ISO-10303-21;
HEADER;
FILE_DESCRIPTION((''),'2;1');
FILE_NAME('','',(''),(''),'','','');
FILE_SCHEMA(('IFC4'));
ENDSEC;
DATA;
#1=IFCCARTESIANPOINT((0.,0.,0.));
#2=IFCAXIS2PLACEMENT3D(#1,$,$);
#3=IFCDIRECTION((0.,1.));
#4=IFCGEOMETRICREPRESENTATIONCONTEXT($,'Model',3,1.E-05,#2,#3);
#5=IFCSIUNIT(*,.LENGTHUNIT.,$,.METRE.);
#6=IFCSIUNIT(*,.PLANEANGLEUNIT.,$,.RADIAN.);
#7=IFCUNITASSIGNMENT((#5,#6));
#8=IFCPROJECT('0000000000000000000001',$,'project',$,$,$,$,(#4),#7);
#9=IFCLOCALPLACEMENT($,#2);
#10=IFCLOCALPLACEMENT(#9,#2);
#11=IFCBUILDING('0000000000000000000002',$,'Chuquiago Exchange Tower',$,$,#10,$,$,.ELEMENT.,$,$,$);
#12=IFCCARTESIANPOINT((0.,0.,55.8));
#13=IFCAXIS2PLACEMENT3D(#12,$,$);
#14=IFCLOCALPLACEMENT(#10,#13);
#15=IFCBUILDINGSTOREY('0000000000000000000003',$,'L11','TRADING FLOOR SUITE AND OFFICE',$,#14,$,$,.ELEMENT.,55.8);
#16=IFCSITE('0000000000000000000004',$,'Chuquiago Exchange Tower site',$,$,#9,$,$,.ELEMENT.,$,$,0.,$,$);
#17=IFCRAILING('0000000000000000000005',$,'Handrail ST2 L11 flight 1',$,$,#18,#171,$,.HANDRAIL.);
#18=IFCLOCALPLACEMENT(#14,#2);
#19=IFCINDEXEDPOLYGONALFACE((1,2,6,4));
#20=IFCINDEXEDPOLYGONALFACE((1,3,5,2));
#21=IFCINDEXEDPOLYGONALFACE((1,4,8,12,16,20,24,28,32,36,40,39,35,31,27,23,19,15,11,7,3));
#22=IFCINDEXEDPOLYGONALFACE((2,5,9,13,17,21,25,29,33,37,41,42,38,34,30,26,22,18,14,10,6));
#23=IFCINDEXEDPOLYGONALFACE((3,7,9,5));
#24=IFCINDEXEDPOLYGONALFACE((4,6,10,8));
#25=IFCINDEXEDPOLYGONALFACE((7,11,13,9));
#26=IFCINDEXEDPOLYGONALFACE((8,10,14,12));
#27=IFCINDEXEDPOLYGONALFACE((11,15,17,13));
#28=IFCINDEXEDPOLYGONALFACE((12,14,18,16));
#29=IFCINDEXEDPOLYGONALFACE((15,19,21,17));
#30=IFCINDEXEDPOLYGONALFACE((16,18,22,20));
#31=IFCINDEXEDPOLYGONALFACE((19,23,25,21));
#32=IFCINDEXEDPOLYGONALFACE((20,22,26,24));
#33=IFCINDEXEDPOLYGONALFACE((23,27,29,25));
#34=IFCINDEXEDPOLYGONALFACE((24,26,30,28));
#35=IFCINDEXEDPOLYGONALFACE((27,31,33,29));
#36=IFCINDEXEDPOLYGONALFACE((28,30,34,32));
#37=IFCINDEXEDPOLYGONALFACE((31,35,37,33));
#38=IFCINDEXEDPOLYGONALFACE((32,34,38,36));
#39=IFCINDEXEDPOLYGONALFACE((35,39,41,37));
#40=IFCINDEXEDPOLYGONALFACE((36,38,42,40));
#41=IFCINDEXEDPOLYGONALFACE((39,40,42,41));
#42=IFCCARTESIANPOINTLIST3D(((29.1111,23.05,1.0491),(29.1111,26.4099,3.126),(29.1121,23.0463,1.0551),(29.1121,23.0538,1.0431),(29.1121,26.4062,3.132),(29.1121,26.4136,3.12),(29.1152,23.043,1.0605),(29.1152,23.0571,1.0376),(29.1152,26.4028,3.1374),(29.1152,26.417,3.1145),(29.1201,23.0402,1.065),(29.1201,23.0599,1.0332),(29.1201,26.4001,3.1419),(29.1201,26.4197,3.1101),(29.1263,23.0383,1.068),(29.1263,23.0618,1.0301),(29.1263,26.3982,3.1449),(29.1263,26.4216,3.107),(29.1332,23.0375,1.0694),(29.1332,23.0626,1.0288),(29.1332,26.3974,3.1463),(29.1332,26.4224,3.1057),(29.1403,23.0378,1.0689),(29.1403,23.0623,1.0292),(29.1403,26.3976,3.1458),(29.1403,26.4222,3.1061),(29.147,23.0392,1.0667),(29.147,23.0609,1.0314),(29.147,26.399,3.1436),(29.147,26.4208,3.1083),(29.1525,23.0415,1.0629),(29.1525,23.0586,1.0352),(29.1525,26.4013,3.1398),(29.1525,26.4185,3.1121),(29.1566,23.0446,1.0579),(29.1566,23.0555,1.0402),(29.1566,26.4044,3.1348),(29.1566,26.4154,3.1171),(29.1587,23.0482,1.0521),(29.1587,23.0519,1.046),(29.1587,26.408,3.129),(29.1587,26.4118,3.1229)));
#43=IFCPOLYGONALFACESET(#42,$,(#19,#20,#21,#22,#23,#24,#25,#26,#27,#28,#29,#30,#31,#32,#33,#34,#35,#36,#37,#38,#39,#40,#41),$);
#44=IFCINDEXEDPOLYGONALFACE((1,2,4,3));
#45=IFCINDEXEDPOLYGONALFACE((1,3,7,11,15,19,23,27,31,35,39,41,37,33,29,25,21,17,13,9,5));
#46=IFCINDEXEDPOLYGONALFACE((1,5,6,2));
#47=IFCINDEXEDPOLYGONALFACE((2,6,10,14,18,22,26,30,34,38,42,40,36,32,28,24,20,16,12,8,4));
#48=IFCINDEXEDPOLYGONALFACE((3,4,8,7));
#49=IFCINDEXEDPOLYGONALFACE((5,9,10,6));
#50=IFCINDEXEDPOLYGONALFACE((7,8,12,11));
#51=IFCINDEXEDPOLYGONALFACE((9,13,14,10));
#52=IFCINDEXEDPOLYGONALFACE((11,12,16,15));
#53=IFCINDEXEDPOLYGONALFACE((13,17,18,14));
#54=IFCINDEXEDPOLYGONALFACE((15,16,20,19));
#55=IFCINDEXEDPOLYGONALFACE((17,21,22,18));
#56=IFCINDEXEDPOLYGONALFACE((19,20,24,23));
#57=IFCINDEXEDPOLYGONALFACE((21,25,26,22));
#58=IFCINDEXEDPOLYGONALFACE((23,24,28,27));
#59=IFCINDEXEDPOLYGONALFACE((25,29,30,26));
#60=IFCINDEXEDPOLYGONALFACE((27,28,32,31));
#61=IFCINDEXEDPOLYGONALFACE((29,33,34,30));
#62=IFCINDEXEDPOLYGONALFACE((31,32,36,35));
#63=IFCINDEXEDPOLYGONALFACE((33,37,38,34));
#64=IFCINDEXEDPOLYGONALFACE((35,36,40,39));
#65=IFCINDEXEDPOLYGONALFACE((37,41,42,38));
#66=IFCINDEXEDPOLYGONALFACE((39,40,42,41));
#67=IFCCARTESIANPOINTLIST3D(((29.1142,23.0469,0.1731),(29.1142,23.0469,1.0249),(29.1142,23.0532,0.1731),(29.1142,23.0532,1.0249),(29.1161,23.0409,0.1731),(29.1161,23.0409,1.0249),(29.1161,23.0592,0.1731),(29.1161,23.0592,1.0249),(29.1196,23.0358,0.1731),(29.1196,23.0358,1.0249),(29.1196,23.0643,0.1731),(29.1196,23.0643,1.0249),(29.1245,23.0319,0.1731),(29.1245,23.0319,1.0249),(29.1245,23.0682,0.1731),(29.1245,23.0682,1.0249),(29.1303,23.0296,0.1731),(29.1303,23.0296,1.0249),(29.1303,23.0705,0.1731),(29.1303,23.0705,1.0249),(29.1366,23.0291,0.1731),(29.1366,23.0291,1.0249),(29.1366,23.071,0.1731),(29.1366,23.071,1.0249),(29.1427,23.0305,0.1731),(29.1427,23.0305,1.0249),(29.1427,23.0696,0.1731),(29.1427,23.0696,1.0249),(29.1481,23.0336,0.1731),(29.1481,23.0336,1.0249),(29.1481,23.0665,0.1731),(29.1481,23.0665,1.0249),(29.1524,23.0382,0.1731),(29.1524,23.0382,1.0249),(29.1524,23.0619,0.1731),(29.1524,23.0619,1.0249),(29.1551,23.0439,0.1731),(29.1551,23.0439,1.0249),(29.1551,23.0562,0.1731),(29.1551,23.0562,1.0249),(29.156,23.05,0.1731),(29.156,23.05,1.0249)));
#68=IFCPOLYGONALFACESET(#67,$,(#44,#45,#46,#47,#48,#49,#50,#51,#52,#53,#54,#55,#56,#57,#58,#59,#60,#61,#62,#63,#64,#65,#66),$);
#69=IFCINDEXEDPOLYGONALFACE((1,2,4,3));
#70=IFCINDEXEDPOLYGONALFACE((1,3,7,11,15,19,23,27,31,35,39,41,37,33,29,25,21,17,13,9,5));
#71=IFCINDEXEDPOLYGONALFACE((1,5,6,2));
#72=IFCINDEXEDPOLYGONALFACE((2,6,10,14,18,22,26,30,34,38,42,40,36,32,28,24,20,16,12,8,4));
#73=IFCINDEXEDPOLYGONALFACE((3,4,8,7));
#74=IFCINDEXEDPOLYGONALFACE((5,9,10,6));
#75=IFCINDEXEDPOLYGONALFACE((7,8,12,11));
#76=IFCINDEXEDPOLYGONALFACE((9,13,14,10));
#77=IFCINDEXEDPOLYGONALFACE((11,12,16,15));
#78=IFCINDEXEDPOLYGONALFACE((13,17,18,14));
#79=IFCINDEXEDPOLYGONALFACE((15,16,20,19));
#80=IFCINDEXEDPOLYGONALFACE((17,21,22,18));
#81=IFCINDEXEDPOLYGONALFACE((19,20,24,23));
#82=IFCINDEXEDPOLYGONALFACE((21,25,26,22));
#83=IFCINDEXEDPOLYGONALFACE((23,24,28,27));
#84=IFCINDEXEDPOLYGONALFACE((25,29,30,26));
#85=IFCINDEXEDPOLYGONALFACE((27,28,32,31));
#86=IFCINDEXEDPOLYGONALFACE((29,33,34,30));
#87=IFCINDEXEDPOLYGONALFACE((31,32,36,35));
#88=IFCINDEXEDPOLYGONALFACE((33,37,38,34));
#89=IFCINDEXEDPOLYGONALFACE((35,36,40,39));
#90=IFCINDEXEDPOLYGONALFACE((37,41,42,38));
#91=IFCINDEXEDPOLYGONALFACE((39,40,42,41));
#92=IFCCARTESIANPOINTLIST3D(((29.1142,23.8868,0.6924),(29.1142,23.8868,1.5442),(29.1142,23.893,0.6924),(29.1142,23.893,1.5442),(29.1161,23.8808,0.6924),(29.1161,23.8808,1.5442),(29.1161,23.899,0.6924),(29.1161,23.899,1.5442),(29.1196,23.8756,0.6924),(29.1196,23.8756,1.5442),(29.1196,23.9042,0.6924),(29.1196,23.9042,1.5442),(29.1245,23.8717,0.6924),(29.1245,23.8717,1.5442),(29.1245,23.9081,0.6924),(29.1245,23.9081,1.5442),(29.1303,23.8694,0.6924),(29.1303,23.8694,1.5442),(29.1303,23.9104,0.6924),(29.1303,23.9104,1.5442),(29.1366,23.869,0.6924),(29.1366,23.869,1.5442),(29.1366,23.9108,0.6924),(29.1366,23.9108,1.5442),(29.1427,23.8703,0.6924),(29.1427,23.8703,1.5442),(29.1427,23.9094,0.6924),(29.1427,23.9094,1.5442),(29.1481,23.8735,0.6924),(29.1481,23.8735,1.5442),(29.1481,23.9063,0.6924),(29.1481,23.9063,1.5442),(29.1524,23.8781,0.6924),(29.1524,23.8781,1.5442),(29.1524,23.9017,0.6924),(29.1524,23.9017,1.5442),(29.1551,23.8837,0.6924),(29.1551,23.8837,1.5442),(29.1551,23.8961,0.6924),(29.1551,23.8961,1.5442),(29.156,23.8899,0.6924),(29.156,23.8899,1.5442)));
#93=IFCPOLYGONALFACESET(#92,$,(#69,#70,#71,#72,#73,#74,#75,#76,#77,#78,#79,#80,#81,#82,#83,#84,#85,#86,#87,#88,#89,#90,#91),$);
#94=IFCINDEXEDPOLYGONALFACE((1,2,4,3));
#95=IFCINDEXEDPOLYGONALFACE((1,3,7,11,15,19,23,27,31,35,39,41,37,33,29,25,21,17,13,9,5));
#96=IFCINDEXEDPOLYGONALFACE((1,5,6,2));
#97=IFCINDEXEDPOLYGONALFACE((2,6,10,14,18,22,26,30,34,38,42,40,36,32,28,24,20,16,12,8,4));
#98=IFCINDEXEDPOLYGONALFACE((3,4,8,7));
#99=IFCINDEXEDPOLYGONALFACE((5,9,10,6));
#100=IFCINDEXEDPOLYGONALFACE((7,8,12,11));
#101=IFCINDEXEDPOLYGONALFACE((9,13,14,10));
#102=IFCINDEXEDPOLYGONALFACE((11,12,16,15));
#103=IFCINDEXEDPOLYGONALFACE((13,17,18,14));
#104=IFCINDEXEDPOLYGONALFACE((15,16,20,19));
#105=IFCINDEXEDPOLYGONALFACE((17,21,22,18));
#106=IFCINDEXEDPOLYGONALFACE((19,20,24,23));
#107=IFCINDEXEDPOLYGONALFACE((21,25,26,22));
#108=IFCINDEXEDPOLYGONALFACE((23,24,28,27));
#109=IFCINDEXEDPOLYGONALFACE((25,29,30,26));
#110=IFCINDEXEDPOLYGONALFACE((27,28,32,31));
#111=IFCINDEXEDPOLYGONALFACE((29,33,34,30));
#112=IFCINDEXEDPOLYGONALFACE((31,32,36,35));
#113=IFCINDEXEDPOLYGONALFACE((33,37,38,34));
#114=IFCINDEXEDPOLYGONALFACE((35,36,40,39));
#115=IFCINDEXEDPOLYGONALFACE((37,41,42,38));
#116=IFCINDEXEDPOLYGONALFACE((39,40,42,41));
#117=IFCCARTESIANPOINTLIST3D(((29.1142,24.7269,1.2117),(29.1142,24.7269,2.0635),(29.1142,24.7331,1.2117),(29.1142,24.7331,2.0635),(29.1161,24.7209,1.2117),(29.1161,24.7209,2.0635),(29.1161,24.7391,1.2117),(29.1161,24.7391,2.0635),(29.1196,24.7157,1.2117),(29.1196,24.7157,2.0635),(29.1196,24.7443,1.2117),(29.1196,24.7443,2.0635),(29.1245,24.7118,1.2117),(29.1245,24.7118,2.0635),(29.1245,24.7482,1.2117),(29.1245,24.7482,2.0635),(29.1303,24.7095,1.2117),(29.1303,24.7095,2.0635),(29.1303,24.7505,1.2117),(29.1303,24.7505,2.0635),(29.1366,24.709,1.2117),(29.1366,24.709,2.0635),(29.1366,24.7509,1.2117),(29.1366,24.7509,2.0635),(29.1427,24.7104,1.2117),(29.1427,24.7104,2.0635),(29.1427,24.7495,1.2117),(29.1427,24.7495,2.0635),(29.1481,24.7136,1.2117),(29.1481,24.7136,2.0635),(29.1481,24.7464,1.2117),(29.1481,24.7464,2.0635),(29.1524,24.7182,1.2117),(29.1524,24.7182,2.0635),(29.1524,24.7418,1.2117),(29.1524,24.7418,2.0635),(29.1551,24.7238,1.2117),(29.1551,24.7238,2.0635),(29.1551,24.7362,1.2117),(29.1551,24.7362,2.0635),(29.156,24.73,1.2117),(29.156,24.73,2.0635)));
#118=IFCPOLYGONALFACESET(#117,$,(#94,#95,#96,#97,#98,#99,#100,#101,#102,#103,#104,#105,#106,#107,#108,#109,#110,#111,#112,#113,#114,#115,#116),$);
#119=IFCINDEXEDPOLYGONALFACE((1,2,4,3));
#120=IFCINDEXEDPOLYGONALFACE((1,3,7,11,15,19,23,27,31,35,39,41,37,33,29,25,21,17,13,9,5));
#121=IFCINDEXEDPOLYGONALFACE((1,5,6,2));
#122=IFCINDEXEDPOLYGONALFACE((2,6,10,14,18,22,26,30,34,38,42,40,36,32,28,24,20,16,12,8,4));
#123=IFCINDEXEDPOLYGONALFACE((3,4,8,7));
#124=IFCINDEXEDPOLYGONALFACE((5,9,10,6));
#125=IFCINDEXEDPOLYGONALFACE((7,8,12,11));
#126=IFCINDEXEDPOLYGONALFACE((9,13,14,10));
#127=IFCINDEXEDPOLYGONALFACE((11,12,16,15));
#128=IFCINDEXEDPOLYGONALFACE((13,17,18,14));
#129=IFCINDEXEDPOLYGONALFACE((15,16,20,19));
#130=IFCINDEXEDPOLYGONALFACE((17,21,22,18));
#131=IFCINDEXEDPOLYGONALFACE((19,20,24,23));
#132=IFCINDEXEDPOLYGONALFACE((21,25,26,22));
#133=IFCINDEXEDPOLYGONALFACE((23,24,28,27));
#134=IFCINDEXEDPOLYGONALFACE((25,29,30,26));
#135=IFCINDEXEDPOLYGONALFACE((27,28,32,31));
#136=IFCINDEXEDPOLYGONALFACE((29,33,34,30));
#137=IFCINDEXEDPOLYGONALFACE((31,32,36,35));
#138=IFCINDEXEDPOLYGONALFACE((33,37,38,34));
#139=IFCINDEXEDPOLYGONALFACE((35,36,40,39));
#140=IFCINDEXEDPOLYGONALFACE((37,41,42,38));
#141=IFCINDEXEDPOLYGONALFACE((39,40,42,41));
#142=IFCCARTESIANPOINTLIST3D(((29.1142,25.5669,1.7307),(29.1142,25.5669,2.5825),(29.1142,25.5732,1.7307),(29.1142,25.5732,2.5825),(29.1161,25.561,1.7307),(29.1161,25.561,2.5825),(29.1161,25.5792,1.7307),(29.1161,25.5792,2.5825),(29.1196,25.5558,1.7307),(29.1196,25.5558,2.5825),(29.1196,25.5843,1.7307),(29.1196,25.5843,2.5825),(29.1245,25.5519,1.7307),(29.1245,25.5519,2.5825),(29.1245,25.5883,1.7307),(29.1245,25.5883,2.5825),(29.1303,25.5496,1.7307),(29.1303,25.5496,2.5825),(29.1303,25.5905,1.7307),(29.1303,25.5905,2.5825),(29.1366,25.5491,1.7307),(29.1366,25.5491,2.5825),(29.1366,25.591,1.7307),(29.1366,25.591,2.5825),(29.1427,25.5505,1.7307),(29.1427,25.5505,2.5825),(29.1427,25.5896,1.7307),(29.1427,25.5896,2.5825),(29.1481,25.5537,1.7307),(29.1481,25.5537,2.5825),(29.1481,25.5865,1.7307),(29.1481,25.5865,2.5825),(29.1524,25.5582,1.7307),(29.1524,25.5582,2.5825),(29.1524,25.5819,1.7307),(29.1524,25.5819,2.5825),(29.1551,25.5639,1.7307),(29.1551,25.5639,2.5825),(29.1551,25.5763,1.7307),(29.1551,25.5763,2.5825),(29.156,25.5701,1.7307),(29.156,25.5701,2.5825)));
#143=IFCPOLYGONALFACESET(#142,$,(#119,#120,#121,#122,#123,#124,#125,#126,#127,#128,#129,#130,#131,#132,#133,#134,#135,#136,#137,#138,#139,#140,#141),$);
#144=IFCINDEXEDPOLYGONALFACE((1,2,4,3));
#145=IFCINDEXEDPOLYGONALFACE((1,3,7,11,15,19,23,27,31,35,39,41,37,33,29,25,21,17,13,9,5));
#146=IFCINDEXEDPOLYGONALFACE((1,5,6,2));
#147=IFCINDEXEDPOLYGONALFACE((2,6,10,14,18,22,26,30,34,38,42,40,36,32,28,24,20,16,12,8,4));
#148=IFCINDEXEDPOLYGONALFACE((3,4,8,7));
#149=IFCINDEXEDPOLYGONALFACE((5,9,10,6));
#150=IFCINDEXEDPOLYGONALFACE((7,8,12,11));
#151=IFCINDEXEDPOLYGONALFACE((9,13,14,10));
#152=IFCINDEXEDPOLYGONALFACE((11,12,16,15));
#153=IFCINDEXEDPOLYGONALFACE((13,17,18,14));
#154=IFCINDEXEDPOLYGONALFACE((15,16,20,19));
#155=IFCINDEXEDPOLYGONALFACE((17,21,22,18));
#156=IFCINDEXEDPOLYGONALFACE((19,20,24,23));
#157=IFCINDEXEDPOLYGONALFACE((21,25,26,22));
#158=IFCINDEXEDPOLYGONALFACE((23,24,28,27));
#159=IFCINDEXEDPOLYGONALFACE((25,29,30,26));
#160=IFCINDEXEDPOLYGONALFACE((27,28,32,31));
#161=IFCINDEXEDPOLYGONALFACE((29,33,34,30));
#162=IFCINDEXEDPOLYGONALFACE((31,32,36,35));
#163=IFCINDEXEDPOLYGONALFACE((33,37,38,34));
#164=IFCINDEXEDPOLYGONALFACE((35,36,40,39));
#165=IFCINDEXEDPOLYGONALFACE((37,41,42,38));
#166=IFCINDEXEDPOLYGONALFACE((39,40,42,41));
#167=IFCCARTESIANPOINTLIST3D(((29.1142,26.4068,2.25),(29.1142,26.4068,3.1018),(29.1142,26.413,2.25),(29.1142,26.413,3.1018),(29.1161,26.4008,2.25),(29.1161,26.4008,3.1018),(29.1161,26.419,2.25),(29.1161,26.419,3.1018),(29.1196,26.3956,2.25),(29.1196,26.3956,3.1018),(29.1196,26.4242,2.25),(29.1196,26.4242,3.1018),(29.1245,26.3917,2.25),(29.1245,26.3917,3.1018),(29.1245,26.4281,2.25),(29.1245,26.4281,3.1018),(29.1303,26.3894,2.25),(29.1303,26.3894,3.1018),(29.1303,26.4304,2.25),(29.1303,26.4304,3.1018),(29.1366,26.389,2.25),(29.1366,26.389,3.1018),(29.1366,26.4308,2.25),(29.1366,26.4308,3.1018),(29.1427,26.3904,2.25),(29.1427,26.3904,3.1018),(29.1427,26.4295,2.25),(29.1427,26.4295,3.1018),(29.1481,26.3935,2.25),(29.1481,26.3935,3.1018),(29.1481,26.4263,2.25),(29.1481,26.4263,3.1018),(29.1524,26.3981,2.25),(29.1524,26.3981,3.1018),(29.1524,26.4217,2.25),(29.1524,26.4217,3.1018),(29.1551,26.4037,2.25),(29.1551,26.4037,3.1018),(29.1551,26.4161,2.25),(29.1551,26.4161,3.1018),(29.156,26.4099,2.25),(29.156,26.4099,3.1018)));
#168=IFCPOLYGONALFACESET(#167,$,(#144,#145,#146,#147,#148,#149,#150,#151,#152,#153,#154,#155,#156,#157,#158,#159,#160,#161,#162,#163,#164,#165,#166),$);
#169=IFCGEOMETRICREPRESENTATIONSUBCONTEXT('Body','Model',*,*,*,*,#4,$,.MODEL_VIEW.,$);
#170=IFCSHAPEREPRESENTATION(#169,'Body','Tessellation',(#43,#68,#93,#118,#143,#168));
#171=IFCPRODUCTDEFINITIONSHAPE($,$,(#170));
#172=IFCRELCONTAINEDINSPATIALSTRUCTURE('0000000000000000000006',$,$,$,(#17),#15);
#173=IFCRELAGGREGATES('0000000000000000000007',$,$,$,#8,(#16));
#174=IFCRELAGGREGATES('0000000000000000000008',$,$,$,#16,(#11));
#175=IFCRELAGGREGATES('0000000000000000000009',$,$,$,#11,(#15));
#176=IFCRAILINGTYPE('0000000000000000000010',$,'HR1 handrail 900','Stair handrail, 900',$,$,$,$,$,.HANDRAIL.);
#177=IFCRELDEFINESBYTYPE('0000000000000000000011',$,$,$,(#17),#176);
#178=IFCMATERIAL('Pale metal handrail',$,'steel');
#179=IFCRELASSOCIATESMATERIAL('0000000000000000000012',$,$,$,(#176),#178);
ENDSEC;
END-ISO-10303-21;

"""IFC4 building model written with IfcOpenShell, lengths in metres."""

from ifc_helpers import new_model, si_unit, direction, frame, origin, origin_2d, place, context, subcontext, project, spatial, circle, extrude, material, type_object, element, save


model = new_model("IFC4")

# Units and contexts
model_context = context("Model", 3, precision=1e-05, world=origin(), true_north=direction((0.0, 1.0)))
body_context = subcontext(model_context, "Body", "Model", "MODEL_VIEW")
ifc_project = project(units=[si_unit("LENGTHUNIT", "METRE"), si_unit("PLANEANGLEUNIT", "RADIAN")], contexts=[model_context])

# Site, building, storey
site_placement = place(None, origin())
site = spatial("IfcSite", under=ifc_project, at=site_placement, Name="Chuquiago Exchange Tower site", CompositionType="ELEMENT", RefElevation=0.0)
building_placement = place(site_placement, origin())
building = spatial("IfcBuilding", under=site, at=building_placement, Name="Chuquiago Exchange Tower", CompositionType="ELEMENT")
storey_placement = place(building_placement, frame((0.0, 0.0, 55.8)))
storey = spatial("IfcBuildingStorey", under=building, at=storey_placement, Name="L11", Description="TRADING FLOOR SUITE AND OFFICE", CompositionType="ELEMENT", Elevation=55.8)

# Railing
ifc_material_1 = material(Name="Pale metal handrail", Category="steel")
railing_type_1 = type_object("IfcRailingType", Name="HR1 handrail 900", Description="Stair handrail, 900", PredefinedType="HANDRAIL", material=ifc_material_1)
for number, where, name in (
    (1, (29.135, 23.05, 0.1731), "Handrail ST2 L11 flight 1"),
):
    element("IfcRailing", number, at=place(storey_placement, frame(where)), inside=storey, type_object=railing_type_1, Name=name, PredefinedType="HANDRAIL", context=body_context, shape_type="SweptSolid", body=[
        extrude(circle(Radius=0.0239, at=origin_2d()), frame((0.0, 0.0, 0.876), z_axis=(0.0, 0.850606, 0.525803), x_axis=(-1.0, 0.0, 0.0)), (0.0, 0.0, 1.0), 3.95),
        extrude(circle(Radius=0.021, at=origin_2d()), origin(), (0.0, 0.0, 1.0), 0.8518),
        extrude(circle(Radius=0.021, at=origin_2d()), frame((0.0, 0.8398, 0.5193)), (0.0, 0.0, 1.0), 0.8518),
        extrude(circle(Radius=0.021, at=origin_2d()), frame((0.0, 1.6799, 1.0386)), (0.0, 0.0, 1.0), 0.8518),
        extrude(circle(Radius=0.021, at=origin_2d()), frame((0.0, 2.52, 1.5576)), (0.0, 0.0, 1.0), 0.8518),
        extrude(circle(Radius=0.021, at=origin_2d()), frame((0.0, 3.3599, 2.0769)), (0.0, 0.0, 1.0), 0.8518),
    ])

save(model, "model.ifc")
